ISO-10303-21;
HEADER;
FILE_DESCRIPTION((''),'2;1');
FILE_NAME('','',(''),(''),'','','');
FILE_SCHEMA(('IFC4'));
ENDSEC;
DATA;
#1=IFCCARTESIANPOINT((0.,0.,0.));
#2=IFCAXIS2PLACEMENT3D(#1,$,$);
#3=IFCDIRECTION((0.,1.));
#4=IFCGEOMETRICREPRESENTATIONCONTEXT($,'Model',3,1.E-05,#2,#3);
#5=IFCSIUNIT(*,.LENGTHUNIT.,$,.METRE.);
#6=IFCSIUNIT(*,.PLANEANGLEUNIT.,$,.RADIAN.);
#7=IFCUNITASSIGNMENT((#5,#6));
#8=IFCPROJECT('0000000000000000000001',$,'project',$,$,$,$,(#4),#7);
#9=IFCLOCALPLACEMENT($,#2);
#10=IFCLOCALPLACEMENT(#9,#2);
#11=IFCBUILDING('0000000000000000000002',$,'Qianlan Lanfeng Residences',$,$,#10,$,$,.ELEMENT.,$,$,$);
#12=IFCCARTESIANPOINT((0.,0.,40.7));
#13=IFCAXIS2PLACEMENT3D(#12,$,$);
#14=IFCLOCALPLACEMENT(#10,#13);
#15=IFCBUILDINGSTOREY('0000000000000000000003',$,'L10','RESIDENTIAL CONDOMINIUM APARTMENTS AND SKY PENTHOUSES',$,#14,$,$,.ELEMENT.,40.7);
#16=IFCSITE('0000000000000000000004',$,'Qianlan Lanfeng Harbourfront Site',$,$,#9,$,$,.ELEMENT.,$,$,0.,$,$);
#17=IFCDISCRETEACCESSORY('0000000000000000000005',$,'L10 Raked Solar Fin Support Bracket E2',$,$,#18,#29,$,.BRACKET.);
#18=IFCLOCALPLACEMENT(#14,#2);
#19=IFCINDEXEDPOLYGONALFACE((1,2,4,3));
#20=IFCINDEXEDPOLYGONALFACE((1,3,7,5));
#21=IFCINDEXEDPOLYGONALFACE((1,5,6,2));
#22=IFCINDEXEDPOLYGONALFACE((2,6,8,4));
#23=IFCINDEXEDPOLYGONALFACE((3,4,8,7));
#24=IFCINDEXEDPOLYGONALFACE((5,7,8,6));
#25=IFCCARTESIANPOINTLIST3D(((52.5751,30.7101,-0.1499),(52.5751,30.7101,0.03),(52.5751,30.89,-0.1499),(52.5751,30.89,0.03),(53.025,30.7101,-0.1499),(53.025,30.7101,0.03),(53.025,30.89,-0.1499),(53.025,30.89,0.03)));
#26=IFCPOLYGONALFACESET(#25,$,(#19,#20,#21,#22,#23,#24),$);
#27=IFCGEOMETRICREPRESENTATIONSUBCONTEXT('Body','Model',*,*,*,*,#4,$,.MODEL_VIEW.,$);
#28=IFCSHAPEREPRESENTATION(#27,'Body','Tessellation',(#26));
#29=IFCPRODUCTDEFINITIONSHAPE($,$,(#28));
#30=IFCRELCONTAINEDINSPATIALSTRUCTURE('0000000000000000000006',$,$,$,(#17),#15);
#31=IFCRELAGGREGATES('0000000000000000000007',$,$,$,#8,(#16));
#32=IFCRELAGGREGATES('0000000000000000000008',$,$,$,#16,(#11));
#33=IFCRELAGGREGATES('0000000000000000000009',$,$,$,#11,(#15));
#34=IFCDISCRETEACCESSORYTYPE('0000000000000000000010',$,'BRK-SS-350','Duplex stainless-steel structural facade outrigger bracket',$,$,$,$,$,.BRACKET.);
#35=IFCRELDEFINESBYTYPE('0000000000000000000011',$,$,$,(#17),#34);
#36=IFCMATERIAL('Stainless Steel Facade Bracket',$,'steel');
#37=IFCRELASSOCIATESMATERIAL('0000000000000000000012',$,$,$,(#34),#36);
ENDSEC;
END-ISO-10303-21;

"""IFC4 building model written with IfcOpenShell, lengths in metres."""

from ifc_helpers import new_model, si_unit, direction, frame, origin, origin_2d, place, context, subcontext, project, spatial, rectangle, extrude, source, transform, mapped, material, type_object, element, save


model = new_model("IFC4")

# Units and contexts
model_context = context("Model", 3, precision=1e-05, world=origin(), true_north=direction((0.0, 1.0)))
body_context = subcontext(model_context, "Body", "Model", "MODEL_VIEW")
ifc_project = project(units=[si_unit("LENGTHUNIT", "METRE"), si_unit("PLANEANGLEUNIT", "RADIAN")], contexts=[model_context])

# Site, building, storey
site_placement = place(None, origin())
site = spatial("IfcSite", under=ifc_project, at=site_placement, Name="Qianlan Lanfeng Harbourfront Site", CompositionType="ELEMENT", RefElevation=0.0)
building_placement = place(site_placement, origin())
building = spatial("IfcBuilding", under=site, at=building_placement, Name="Qianlan Lanfeng Residences", CompositionType="ELEMENT")
storey_placement = place(building_placement, frame((0.0, 0.0, 40.7)))
storey = spatial("IfcBuildingStorey", under=building, at=storey_placement, Name="L10", Description="RESIDENTIAL CONDOMINIUM APARTMENTS AND SKY PENTHOUSES", CompositionType="ELEMENT", Elevation=40.7)

# Discrete accessory
ifc_material_1 = material(Name="Stainless Steel Facade Bracket", Category="steel")
discrete_accessory_type = type_object("IfcDiscreteAccessoryType", Name="BRK-SS-350", Description="Duplex stainless-steel structural facade outrigger bracket", PredefinedType="BRACKET", material=ifc_material_1)
shared_shape_1 = source(origin(), body_context, "Body", "SweptSolid", [
    extrude(rectangle(XDim=0.45, YDim=0.1799, at=origin_2d()), origin(), (0.0, 0.0, 1.0), 0.1799),
])
discrete_accessory_placement = place(storey_placement, frame((52.8, 30.8, -0.1499), z_axis=(0.0, 0.0, 1.0), x_axis=(1.0, 0.0, 0.0)))
element("IfcDiscreteAccessory", 1, at=discrete_accessory_placement, inside=storey, type_object=discrete_accessory_type, Name="L10 Raked Solar Fin Support Bracket E2", PredefinedType="BRACKET", context=body_context, shape_type="MappedRepresentation", body=[
    mapped(shared_shape_1, transform((0.0, 0.0, 0.0), scale=1.0)),
])

save(model, "model.ifc")
